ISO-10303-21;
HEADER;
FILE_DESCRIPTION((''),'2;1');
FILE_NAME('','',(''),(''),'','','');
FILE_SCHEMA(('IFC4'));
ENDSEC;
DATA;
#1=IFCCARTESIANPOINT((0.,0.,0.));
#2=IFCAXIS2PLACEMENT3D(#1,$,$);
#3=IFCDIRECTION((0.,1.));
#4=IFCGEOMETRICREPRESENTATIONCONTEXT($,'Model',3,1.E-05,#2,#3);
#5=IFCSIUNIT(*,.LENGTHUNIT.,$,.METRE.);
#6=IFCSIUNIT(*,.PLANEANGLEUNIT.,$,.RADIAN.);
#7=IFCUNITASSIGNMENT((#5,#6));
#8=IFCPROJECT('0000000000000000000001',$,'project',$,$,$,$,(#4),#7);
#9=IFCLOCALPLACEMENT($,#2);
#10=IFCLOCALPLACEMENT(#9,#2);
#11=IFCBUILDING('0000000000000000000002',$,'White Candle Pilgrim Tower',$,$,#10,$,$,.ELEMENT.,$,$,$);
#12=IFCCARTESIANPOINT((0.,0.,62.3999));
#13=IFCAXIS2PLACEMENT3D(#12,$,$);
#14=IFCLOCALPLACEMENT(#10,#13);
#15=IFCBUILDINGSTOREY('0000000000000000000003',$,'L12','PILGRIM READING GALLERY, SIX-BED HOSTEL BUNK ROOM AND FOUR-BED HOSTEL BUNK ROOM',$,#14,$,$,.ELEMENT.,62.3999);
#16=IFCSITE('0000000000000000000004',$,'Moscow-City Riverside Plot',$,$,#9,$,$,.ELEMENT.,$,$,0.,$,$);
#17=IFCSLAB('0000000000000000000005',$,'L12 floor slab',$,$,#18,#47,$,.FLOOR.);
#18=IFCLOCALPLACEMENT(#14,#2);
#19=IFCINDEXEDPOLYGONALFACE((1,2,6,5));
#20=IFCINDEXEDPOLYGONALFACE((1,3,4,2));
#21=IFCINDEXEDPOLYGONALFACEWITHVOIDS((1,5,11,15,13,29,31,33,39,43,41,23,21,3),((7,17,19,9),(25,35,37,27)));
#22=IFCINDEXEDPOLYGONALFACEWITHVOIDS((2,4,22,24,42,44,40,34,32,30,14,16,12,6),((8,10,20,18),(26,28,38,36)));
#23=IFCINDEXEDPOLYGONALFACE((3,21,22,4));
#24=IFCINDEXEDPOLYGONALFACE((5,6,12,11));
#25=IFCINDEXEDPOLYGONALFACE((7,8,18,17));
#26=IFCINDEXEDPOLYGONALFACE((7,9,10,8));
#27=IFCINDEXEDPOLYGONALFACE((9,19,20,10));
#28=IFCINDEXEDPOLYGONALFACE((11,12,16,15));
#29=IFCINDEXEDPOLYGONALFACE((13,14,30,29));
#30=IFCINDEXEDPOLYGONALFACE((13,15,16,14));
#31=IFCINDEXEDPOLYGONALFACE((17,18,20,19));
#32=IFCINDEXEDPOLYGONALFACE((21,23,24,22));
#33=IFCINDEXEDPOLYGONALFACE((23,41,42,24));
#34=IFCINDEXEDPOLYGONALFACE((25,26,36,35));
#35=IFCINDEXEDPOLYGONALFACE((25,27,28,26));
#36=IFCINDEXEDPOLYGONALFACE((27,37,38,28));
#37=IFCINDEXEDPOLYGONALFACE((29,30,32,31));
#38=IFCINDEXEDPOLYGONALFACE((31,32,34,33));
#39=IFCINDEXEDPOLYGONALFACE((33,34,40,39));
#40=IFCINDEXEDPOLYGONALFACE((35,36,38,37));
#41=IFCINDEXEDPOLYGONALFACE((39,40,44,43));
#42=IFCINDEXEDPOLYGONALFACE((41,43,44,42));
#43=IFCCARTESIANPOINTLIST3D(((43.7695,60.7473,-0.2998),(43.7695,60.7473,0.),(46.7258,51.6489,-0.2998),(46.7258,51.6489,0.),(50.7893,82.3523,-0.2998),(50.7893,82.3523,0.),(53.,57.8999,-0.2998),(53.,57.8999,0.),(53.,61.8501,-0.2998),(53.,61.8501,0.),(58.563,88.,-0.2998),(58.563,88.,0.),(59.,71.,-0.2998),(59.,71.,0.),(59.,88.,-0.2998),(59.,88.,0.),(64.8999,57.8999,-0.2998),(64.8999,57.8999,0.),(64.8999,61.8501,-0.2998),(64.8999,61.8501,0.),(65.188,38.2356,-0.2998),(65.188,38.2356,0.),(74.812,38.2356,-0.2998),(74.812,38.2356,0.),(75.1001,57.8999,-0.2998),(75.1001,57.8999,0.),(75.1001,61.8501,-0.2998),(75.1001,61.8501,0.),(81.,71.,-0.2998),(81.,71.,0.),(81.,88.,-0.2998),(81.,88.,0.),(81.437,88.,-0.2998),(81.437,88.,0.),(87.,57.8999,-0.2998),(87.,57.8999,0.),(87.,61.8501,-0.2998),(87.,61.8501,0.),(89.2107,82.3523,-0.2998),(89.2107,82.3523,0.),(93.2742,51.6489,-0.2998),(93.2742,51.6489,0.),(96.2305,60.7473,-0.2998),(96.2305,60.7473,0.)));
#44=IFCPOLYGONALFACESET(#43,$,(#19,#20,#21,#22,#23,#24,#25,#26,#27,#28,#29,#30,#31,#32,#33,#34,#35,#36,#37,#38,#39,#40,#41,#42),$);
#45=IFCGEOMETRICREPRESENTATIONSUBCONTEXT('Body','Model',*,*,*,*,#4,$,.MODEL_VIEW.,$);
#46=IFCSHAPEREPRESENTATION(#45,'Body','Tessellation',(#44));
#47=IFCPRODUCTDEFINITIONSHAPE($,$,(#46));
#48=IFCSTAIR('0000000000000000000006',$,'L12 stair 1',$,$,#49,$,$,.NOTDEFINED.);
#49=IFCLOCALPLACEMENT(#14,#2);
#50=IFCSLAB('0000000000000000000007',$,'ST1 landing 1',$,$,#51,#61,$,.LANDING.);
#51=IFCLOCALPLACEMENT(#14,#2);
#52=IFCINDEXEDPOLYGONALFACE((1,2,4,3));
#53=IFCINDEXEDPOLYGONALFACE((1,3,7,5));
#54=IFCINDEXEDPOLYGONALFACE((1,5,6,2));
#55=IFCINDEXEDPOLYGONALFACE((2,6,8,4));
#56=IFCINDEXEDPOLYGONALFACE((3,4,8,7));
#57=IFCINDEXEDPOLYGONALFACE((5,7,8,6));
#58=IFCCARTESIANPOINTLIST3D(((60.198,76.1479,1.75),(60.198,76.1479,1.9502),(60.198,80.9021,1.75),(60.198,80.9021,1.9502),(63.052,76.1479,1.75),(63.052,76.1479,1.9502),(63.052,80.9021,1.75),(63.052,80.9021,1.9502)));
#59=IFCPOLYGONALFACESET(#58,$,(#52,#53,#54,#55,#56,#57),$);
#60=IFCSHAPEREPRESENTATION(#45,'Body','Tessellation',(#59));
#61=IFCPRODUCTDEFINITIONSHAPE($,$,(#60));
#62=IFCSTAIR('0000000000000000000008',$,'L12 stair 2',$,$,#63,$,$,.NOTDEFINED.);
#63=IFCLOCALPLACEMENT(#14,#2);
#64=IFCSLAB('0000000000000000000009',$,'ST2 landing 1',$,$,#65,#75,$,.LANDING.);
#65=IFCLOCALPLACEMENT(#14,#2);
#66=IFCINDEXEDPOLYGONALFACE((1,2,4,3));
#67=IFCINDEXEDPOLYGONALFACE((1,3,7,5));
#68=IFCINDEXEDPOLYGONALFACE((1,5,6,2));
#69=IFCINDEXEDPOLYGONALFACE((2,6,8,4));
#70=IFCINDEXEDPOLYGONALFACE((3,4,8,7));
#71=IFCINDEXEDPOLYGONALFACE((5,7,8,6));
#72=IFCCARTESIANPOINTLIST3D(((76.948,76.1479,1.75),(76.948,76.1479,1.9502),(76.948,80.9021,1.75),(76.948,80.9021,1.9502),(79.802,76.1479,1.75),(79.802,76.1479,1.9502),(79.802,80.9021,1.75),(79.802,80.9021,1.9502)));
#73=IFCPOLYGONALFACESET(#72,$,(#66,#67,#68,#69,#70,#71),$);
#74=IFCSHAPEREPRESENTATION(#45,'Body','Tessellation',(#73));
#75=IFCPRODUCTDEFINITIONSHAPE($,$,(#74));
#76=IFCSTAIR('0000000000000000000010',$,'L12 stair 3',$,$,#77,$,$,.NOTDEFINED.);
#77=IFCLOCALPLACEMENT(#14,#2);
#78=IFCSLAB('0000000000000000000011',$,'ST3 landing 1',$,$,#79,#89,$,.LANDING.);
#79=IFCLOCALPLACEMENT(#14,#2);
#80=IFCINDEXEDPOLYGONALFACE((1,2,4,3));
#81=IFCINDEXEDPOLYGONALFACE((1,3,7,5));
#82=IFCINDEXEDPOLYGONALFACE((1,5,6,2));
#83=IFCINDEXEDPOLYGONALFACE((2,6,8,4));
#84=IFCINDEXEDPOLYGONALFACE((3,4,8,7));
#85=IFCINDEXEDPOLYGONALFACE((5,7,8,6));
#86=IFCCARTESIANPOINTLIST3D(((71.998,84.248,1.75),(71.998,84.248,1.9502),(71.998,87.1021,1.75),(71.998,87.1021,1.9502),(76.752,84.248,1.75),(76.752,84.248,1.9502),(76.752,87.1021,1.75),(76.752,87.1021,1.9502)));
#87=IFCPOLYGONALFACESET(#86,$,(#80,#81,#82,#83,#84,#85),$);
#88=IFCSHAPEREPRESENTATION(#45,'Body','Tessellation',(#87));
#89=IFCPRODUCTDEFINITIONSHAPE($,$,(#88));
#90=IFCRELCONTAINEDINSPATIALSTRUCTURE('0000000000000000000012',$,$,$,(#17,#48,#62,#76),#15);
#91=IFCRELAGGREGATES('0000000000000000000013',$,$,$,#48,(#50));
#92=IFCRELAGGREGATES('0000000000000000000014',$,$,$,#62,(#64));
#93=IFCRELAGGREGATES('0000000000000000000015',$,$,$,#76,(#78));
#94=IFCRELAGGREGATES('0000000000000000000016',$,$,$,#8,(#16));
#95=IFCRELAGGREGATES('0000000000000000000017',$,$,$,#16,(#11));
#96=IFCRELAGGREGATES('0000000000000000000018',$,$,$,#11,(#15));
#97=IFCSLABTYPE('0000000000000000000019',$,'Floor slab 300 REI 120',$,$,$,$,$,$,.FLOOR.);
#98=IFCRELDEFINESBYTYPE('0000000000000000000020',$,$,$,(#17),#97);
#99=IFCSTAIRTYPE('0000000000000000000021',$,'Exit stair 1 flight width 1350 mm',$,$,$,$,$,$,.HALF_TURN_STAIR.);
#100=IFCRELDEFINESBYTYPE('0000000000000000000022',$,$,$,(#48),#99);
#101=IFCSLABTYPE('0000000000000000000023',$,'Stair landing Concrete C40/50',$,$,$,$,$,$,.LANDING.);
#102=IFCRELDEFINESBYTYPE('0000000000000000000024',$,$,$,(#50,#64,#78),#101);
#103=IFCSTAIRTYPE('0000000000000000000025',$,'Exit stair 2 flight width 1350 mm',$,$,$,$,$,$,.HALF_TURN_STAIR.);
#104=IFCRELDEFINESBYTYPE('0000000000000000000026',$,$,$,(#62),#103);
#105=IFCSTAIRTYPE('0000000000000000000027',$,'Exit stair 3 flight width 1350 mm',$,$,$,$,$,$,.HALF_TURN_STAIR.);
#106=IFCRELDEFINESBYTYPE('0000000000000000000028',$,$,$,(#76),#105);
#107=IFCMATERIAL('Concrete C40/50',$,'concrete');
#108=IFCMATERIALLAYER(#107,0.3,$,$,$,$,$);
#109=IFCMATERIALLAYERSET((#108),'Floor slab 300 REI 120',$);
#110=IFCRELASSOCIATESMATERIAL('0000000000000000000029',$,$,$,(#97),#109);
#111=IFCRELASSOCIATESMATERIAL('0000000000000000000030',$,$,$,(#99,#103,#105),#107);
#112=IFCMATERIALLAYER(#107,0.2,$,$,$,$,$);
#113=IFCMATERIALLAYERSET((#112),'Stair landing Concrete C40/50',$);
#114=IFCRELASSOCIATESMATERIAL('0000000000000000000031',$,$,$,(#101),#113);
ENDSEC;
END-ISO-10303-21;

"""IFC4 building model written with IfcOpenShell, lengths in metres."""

from ifc_helpers import new_model, si_unit, direction, frame, origin, place, context, subcontext, project, spatial, polyline, outline, extrude, material, layer, layer_set, type_object, element, aggregate, save


model = new_model("IFC4")

# Units and contexts
model_context = context("Model", 3, precision=1e-05, world=origin(), true_north=direction((0.0, 1.0)))
body_context = subcontext(model_context, "Body", "Model", "MODEL_VIEW")
ifc_project = project(units=[si_unit("LENGTHUNIT", "METRE"), si_unit("PLANEANGLEUNIT", "RADIAN")], contexts=[model_context])

# Site, building, storey
site_placement = place(None, origin())
site = spatial("IfcSite", under=ifc_project, at=site_placement, Name="Moscow-City Riverside Plot", CompositionType="ELEMENT", RefElevation=0.0)
building_placement = place(site_placement, origin())
building = spatial("IfcBuilding", under=site, at=building_placement, Name="White Candle Pilgrim Tower", CompositionType="ELEMENT")
storey_placement = place(building_placement, frame((0.0, 0.0, 62.3999)))
storey = spatial("IfcBuildingStorey", under=building, at=storey_placement, Name="L12", Description="PILGRIM READING GALLERY, SIX-BED HOSTEL BUNK ROOM AND FOUR-BED HOSTEL BUNK ROOM", CompositionType="ELEMENT", Elevation=62.3999)

# Slab
ifc_material = material(Name="Concrete C40/50", Category="concrete")
ifc_layer_1 = layer(ifc_material, 0.3)
ifc_layer_set_1 = layer_set([ifc_layer_1], Name="Floor slab 300 REI 120")
slab_type_1 = type_object("IfcSlabType", Name="Floor slab 300 REI 120", PredefinedType="FLOOR", material=ifc_layer_set_1)
slab_1_placement = place(storey_placement, frame((0.0, 0.0, -0.2998)))
element("IfcSlab", 1, at=slab_1_placement, inside=storey, type_object=slab_type_1, Name="L12 floor slab", PredefinedType="FLOOR", context=body_context, shape_type="SweptSolid", body=[
    extrude(outline(polyline([(65.188, 38.2356), (74.812, 38.2356), (93.2742, 51.6489), (96.2305, 60.7473), (89.2107, 82.3523), (81.437, 88.0), (81.0, 88.0), (81.0, 71.0), (59.0, 71.0), (59.0, 88.0), (58.563, 88.0), (50.7893, 82.3523), (43.7695, 60.7473), (46.7258, 51.6489), (65.188, 38.2356)]), holes=[polyline([(53.0, 57.8999), (53.0, 61.8501), (64.8999, 61.8501), (64.8999, 57.8999), (53.0, 57.8999)]), polyline([(75.1001, 57.8999), (75.1001, 61.8501), (87.0, 61.8501), (87.0, 57.8999), (75.1001, 57.8999)])]), origin(), (0.0, 0.0, 1.0), 0.2998),
])

# Stairs, slabs
stair_type_1 = type_object("IfcStairType", Name="Exit stair 1 flight width 1350 mm", PredefinedType="HALF_TURN_STAIR", material=ifc_material)
stair_1_placement = place(storey_placement, origin())
stair_1 = element("IfcStair", 2, at=stair_1_placement, inside=storey, type_object=stair_type_1, Name="L12 stair 1", PredefinedType="NOTDEFINED")
ifc_layer_2 = layer(ifc_material, 0.2)
ifc_layer_set_2 = layer_set([ifc_layer_2], Name="Stair landing Concrete C40/50")
slab_type_2 = type_object("IfcSlabType", Name="Stair landing Concrete C40/50", PredefinedType="LANDING", material=ifc_layer_set_2)
slab_2_placement = place(storey_placement, frame((0.0, 0.0, 1.75)))
slab_2 = element("IfcSlab", 3, at=slab_2_placement, type_object=slab_type_2, Name="ST1 landing 1", PredefinedType="LANDING", context=body_context, shape_type="SweptSolid", body=[
    extrude(outline(polyline([(63.052, 76.1479), (60.198, 76.1479), (60.198, 80.9021), (63.052, 80.9021), (63.052, 76.1479)])), origin(), (0.0, 0.0, 1.0), 0.2002),
])
aggregate(stair_1, [slab_2])
stair_type_2 = type_object("IfcStairType", Name="Exit stair 2 flight width 1350 mm", PredefinedType="HALF_TURN_STAIR", material=ifc_material)
stair_2_placement = place(storey_placement, origin())
stair_2 = element("IfcStair", 4, at=stair_2_placement, inside=storey, type_object=stair_type_2, Name="L12 stair 2", PredefinedType="NOTDEFINED")
slab_3_placement = place(storey_placement, frame((0.0, 0.0, 1.75)))
slab_3 = element("IfcSlab", 5, at=slab_3_placement, type_object=slab_type_2, Name="ST2 landing 1", PredefinedType="LANDING", context=body_context, shape_type="SweptSolid", body=[
    extrude(outline(polyline([(79.802, 76.1479), (76.948, 76.1479), (76.948, 80.9021), (79.802, 80.9021), (79.802, 76.1479)])), origin(), (0.0, 0.0, 1.0), 0.2002),
])
aggregate(stair_2, [slab_3])
stair_type_3 = type_object("IfcStairType", Name="Exit stair 3 flight width 1350 mm", PredefinedType="HALF_TURN_STAIR", material=ifc_material)
stair_3_placement = place(storey_placement, origin())
stair_3 = element("IfcStair", 6, at=stair_3_placement, inside=storey, type_object=stair_type_3, Name="L12 stair 3", PredefinedType="NOTDEFINED")
slab_4_placement = place(storey_placement, frame((0.0, 0.0, 1.75)))
slab_4 = element("IfcSlab", 7, at=slab_4_placement, type_object=slab_type_2, Name="ST3 landing 1", PredefinedType="LANDING", context=body_context, shape_type="SweptSolid", body=[
    extrude(outline(polyline([(71.998, 84.248), (71.998, 87.1021), (76.752, 87.1021), (76.752, 84.248), (71.998, 84.248)])), origin(), (0.0, 0.0, 1.0), 0.2002),
])
aggregate(stair_3, [slab_4])

save(model, "model.ifc")
